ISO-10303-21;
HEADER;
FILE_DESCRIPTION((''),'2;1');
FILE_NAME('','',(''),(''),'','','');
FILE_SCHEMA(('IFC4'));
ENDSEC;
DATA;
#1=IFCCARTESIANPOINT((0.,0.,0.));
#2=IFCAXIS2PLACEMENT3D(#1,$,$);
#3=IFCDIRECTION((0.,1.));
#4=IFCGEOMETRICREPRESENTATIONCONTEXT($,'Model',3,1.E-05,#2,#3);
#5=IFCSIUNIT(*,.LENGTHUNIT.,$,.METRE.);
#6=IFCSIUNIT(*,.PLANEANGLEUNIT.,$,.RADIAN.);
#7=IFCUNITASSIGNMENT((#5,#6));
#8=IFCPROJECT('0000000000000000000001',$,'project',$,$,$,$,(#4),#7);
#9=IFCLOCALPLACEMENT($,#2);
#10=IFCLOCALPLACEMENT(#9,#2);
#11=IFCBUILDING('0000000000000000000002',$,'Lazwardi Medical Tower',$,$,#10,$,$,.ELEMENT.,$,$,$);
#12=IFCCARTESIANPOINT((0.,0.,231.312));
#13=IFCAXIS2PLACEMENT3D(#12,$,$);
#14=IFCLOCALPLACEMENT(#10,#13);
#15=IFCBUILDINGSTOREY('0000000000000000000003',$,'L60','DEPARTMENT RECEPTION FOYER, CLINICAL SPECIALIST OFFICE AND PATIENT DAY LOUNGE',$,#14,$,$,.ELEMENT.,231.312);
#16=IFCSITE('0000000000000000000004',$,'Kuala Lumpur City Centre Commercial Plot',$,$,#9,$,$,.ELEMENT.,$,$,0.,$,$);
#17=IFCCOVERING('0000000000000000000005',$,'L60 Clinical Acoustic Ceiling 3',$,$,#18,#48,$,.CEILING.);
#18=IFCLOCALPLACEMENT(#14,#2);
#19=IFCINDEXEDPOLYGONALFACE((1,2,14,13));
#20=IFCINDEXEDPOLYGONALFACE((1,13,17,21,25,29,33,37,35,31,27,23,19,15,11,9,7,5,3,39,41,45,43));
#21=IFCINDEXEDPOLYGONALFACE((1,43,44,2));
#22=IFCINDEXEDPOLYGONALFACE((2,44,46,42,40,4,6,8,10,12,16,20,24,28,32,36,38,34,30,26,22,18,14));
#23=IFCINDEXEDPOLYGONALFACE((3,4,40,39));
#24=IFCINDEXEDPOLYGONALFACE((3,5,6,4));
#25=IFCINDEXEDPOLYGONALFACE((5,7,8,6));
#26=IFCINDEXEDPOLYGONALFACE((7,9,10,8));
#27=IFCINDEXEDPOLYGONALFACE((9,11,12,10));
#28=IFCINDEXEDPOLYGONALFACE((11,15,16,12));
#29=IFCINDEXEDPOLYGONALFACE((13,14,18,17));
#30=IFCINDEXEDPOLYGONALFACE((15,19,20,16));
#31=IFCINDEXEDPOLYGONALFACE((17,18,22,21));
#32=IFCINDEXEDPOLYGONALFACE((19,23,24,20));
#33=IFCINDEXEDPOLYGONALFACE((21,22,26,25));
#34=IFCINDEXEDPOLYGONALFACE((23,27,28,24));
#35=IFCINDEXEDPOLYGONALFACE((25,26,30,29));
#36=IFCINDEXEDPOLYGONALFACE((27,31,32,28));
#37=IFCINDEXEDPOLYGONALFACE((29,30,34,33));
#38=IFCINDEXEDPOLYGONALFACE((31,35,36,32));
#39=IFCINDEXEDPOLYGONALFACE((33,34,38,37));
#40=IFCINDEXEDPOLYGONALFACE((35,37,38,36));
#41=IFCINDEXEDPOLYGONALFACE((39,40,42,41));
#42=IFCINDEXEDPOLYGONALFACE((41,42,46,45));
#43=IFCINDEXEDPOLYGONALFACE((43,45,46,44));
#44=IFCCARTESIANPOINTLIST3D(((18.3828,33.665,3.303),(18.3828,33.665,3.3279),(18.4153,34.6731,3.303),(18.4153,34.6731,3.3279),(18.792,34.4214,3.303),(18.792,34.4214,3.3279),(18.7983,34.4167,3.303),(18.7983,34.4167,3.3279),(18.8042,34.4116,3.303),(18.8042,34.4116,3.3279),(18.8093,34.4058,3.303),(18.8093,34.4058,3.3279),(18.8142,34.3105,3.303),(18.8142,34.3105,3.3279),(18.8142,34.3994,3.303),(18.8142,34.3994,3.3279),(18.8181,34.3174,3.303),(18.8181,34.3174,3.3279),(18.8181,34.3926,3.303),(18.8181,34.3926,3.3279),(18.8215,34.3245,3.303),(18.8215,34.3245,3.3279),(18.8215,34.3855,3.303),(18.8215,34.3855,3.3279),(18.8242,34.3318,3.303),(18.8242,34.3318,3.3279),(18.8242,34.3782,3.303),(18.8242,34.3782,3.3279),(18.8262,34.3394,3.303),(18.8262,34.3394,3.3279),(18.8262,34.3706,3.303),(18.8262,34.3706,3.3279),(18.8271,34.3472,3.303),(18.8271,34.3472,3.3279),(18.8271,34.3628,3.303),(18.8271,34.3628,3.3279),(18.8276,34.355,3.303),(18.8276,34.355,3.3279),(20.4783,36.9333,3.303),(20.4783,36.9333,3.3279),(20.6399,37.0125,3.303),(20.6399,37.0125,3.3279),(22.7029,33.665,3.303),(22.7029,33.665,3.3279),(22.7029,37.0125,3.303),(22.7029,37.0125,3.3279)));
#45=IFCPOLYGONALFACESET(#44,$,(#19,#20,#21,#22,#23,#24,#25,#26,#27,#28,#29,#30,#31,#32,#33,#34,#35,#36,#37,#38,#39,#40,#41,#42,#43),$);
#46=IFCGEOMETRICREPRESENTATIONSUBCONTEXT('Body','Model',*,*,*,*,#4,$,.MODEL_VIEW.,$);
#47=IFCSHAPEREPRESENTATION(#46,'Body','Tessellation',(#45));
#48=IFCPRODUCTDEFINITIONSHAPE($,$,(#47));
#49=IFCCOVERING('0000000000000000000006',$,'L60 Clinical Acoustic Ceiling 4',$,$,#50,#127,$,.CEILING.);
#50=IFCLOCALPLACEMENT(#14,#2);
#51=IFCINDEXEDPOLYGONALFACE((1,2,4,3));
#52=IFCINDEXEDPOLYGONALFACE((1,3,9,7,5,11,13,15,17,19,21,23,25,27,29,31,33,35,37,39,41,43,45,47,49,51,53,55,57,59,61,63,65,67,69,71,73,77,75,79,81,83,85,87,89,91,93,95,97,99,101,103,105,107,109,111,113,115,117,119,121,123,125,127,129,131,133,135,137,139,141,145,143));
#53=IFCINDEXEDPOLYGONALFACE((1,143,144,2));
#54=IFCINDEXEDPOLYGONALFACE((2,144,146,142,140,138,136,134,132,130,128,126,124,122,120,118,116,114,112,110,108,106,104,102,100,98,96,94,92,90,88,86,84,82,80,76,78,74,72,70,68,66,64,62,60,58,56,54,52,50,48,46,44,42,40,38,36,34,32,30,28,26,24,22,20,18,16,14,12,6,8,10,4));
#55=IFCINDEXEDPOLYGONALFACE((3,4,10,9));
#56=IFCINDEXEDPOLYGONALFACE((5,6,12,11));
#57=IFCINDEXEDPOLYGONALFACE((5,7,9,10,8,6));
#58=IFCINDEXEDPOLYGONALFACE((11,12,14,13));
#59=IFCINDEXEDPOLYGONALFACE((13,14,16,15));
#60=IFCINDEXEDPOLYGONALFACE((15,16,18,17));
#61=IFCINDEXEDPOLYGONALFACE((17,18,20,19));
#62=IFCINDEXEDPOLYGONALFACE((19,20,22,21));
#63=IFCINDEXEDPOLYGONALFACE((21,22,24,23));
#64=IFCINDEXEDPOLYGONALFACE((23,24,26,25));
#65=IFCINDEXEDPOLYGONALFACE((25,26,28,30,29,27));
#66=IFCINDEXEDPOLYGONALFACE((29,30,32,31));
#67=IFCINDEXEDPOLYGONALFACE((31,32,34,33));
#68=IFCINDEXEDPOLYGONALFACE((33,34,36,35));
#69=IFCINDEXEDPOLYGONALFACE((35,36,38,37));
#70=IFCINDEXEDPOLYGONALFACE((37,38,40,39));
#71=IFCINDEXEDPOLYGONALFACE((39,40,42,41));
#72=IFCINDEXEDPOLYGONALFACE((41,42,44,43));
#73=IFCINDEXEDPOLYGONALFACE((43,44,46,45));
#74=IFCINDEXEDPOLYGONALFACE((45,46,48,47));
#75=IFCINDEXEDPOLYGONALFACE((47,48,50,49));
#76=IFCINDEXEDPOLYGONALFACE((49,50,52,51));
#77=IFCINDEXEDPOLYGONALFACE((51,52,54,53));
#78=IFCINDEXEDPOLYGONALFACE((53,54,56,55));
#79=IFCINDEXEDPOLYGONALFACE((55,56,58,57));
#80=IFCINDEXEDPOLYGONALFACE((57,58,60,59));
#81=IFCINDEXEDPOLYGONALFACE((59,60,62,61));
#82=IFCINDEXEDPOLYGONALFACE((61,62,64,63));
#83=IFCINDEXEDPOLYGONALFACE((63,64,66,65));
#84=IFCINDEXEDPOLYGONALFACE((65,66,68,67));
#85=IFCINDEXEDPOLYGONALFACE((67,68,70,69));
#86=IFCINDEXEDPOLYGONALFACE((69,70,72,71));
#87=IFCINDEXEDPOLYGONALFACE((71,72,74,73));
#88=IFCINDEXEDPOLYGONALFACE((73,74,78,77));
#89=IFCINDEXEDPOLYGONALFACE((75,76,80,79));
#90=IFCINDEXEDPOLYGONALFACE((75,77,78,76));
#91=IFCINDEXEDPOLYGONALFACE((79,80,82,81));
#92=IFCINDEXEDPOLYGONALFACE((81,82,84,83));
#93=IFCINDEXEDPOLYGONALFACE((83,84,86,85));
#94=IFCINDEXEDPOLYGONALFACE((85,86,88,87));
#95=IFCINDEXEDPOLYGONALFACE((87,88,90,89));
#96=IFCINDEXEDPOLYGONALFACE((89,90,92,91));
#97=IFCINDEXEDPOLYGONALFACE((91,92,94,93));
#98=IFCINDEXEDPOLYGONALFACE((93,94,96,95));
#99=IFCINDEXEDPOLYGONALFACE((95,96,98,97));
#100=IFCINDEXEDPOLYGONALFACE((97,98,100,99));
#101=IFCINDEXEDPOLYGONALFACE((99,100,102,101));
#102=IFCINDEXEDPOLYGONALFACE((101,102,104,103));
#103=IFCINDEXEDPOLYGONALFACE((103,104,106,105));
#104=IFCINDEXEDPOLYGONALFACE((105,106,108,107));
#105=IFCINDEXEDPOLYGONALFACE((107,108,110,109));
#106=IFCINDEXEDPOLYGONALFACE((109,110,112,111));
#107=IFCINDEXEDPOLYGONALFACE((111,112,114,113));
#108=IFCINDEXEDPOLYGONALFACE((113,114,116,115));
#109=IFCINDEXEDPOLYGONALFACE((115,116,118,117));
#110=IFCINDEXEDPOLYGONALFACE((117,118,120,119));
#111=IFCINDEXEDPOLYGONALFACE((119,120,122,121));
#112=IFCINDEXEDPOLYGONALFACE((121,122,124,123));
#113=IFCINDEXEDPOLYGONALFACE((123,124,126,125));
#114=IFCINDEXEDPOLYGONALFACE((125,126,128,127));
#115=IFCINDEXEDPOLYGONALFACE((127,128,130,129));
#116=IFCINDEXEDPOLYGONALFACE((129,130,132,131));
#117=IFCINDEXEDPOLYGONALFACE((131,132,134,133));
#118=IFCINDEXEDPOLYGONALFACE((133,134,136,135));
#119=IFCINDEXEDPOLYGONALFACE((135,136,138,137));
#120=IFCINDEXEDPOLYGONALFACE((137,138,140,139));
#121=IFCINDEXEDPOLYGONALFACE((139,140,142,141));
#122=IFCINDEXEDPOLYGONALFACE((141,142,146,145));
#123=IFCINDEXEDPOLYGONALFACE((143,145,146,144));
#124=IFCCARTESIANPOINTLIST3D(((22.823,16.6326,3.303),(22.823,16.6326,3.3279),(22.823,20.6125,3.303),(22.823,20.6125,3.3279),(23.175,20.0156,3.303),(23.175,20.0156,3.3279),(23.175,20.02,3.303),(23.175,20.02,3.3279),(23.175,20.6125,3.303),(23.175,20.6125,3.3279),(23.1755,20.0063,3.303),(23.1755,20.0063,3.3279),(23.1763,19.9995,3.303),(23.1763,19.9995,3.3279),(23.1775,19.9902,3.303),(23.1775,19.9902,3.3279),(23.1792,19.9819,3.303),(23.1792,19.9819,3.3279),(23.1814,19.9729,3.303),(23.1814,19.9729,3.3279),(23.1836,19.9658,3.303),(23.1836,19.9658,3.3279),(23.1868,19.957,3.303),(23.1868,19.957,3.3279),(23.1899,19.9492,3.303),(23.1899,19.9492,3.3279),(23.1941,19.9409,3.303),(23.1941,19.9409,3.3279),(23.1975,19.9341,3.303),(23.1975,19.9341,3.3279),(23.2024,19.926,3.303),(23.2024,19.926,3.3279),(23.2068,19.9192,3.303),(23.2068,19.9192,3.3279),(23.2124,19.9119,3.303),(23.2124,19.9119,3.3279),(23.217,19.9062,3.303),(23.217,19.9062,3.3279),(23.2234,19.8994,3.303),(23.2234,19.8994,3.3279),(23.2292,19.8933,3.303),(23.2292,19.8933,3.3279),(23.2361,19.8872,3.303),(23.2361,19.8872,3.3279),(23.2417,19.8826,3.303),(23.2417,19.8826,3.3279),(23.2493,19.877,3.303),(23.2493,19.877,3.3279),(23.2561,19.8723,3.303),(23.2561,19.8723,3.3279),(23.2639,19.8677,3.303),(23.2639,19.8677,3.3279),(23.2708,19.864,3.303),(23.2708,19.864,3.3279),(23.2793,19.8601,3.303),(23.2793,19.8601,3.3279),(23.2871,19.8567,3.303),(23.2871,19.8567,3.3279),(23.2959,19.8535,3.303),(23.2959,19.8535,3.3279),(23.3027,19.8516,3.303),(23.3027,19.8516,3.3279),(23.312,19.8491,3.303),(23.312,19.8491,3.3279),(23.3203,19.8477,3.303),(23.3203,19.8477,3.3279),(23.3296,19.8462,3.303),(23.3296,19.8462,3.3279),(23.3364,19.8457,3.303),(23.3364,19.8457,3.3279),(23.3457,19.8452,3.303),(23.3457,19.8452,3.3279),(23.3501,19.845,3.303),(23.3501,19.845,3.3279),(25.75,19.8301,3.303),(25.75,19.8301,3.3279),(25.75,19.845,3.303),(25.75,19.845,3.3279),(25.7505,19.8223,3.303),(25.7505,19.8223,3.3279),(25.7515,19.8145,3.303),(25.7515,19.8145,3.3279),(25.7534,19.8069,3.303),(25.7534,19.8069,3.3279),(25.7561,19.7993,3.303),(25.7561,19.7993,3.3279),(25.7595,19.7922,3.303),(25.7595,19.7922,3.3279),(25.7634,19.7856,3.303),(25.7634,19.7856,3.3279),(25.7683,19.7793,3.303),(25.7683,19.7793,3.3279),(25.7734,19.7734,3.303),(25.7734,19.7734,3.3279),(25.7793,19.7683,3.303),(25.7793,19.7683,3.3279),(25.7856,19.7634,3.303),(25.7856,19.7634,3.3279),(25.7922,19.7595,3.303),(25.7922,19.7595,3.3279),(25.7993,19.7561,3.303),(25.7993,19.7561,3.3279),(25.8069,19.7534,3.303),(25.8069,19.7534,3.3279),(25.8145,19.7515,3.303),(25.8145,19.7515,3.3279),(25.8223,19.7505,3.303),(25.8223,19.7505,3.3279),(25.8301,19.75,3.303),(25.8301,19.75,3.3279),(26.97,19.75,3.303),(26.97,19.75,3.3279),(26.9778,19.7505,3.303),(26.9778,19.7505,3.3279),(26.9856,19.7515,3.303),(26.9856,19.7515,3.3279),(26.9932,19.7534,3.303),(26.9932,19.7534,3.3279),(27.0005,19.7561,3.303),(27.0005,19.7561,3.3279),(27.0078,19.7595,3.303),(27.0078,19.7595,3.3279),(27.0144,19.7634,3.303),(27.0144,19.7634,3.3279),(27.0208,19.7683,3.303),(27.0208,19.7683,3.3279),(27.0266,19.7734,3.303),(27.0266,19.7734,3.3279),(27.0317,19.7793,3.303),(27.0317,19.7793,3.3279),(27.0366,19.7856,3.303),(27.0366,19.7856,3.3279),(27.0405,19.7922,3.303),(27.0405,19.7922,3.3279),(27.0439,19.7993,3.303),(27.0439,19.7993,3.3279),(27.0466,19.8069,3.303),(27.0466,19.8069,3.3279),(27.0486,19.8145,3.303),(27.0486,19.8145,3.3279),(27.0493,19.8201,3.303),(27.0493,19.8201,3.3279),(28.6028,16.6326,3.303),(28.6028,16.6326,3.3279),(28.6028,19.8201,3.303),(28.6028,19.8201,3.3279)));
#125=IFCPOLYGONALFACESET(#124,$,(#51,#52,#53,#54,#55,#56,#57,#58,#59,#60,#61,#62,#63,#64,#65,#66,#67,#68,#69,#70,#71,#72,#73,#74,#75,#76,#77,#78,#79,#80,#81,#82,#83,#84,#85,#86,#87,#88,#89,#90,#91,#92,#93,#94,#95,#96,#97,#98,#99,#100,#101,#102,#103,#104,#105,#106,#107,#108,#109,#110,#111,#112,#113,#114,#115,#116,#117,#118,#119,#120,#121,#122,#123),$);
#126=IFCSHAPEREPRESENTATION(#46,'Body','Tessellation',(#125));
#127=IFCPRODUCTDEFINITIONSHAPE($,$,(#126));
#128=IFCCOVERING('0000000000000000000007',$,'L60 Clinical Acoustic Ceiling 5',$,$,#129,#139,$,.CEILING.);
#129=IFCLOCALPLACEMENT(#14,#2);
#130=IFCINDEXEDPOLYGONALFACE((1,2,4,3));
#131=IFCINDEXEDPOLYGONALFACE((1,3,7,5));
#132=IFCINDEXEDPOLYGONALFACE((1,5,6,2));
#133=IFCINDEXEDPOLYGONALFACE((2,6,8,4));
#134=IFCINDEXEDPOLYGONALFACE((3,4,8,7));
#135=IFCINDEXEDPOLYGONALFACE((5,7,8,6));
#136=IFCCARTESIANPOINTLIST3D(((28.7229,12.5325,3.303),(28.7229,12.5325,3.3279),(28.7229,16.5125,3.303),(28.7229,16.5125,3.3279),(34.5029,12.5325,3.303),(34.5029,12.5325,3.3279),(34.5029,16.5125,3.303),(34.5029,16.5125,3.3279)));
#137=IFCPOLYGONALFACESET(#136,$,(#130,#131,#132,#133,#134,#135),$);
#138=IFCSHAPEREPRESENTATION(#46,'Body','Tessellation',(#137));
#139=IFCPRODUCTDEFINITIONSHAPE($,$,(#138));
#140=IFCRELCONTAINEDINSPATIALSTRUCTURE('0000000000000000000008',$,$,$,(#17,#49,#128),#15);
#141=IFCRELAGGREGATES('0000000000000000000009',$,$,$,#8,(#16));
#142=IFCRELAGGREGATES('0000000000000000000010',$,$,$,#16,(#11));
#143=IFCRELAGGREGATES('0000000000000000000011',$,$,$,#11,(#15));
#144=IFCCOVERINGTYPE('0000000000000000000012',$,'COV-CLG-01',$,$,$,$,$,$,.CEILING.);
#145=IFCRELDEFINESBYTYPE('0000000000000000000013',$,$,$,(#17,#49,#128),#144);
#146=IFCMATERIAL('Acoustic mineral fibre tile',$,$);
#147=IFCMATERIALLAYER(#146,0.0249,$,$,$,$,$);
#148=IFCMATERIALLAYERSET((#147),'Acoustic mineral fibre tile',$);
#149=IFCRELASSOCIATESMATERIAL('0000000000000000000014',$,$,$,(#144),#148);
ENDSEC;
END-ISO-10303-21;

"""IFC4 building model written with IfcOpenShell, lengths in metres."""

from ifc_helpers import new_model, si_unit, direction, frame, origin, place, context, subcontext, project, spatial, polyline, outline, extrude, material, layer, layer_set, type_object, element, save


model = new_model("IFC4")

# Units and contexts
model_context = context("Model", 3, precision=1e-05, world=origin(), true_north=direction((0.0, 1.0)))
body_context = subcontext(model_context, "Body", "Model", "MODEL_VIEW")
ifc_project = project(units=[si_unit("LENGTHUNIT", "METRE"), si_unit("PLANEANGLEUNIT", "RADIAN")], contexts=[model_context])

# Site, building, storey
site_placement = place(None, origin())
site = spatial("IfcSite", under=ifc_project, at=site_placement, Name="Kuala Lumpur City Centre Commercial Plot", CompositionType="ELEMENT", RefElevation=0.0)
building_placement = place(site_placement, origin())
building = spatial("IfcBuilding", under=site, at=building_placement, Name="Lazwardi Medical Tower", CompositionType="ELEMENT")
storey_placement = place(building_placement, frame((0.0, 0.0, 231.312)))
storey = spatial("IfcBuildingStorey", under=building, at=storey_placement, Name="L60", Description="DEPARTMENT RECEPTION FOYER, CLINICAL SPECIALIST OFFICE AND PATIENT DAY LOUNGE", CompositionType="ELEMENT", Elevation=231.312)

# Coverings
ifc_material_1 = material(Name="Acoustic mineral fibre tile")
ifc_layer_1 = layer(ifc_material_1, 0.0249)
ifc_layer_set_1 = layer_set([ifc_layer_1], Name="Acoustic mineral fibre tile")
covering_type_1 = type_object("IfcCoveringType", Name="COV-CLG-01", PredefinedType="CEILING", material=ifc_layer_set_1)
covering_1_placement = place(storey_placement, frame((0.0, 0.0, 3.303)))
element("IfcCovering", 1, at=covering_1_placement, inside=storey, type_object=covering_type_1, Name="L60 Clinical Acoustic Ceiling 3", PredefinedType="CEILING", context=body_context, shape_type="SweptSolid", body=[
    extrude(outline(polyline([(20.6399, 37.0125), (20.4783, 36.9333), (18.4153, 34.6731), (18.792, 34.4214), (18.7983, 34.4167), (18.8042, 34.4116), (18.8093, 34.4058), (18.8142, 34.3994), (18.8181, 34.3926), (18.8215, 34.3855), (18.8242, 34.3782), (18.8262, 34.3706), (18.8271, 34.3628), (18.8276, 34.355), (18.8271, 34.3472), (18.8262, 34.3394), (18.8242, 34.3318), (18.8215, 34.3245), (18.8181, 34.3174), (18.8142, 34.3105), (18.3828, 33.665), (22.7029, 33.665), (22.7029, 37.0125), (20.6399, 37.0125)])), origin(), (0.0, 0.0, 1.0), 0.0249),
])
covering_2_placement = place(storey_placement, frame((0.0, 0.0, 3.303)))
element("IfcCovering", 2, at=covering_2_placement, inside=storey, type_object=covering_type_1, Name="L60 Clinical Acoustic Ceiling 4", PredefinedType="CEILING", context=body_context, shape_type="SweptSolid", body=[
    extrude(outline(polyline([(28.6028, 19.8201), (27.0493, 19.8201), (27.0486, 19.8145), (27.0466, 19.8069), (27.0439, 19.7993), (27.0405, 19.7922), (27.0366, 19.7856), (27.0317, 19.7793), (27.0266, 19.7734), (27.0208, 19.7683), (27.0144, 19.7634), (27.0078, 19.7595), (27.0005, 19.7561), (26.9932, 19.7534), (26.9856, 19.7515), (26.9778, 19.7505), (26.97, 19.75), (25.8301, 19.75), (25.8223, 19.7505), (25.8145, 19.7515), (25.8069, 19.7534), (25.7993, 19.7561), (25.7922, 19.7595), (25.7856, 19.7634), (25.7793, 19.7683), (25.7734, 19.7734), (25.7683, 19.7793), (25.7634, 19.7856), (25.7595, 19.7922), (25.7561, 19.7993), (25.7534, 19.8069), (25.7515, 19.8145), (25.7505, 19.8223), (25.75, 19.8301), (25.75, 19.845), (23.3501, 19.845), (23.3457, 19.8452), (23.3364, 19.8457), (23.3296, 19.8462), (23.3203, 19.8477), (23.312, 19.8491), (23.3027, 19.8516), (23.2959, 19.8535), (23.2871, 19.8567), (23.2793, 19.8601), (23.2708, 19.864), (23.2639, 19.8677), (23.2561, 19.8723), (23.2493, 19.877), (23.2417, 19.8826), (23.2361, 19.8872), (23.2292, 19.8933), (23.2234, 19.8994), (23.217, 19.9062), (23.2124, 19.9119), (23.2068, 19.9192), (23.2024, 19.926), (23.1975, 19.9341), (23.1941, 19.9409), (23.1899, 19.9492), (23.1868, 19.957), (23.1836, 19.9658), (23.1814, 19.9729), (23.1792, 19.9819), (23.1775, 19.9902), (23.1763, 19.9995), (23.1755, 20.0063), (23.175, 20.0156), (23.175, 20.02), (23.175, 20.6125), (22.823, 20.6125), (22.823, 16.6326), (28.6028, 16.6326), (28.6028, 19.8201)])), origin(), (0.0, 0.0, 1.0), 0.0249),
])
covering_3_placement = place(storey_placement, frame((0.0, 0.0, 3.303)))
element("IfcCovering", 3, at=covering_3_placement, inside=storey, type_object=covering_type_1, Name="L60 Clinical Acoustic Ceiling 5", PredefinedType="CEILING", context=body_context, shape_type="SweptSolid", body=[
    extrude(outline(polyline([(34.5029, 12.5325), (34.5029, 16.5125), (28.7229, 16.5125), (28.7229, 12.5325), (34.5029, 12.5325)])), origin(), (0.0, 0.0, 1.0), 0.0249),
])

save(model, "model.ifc")
